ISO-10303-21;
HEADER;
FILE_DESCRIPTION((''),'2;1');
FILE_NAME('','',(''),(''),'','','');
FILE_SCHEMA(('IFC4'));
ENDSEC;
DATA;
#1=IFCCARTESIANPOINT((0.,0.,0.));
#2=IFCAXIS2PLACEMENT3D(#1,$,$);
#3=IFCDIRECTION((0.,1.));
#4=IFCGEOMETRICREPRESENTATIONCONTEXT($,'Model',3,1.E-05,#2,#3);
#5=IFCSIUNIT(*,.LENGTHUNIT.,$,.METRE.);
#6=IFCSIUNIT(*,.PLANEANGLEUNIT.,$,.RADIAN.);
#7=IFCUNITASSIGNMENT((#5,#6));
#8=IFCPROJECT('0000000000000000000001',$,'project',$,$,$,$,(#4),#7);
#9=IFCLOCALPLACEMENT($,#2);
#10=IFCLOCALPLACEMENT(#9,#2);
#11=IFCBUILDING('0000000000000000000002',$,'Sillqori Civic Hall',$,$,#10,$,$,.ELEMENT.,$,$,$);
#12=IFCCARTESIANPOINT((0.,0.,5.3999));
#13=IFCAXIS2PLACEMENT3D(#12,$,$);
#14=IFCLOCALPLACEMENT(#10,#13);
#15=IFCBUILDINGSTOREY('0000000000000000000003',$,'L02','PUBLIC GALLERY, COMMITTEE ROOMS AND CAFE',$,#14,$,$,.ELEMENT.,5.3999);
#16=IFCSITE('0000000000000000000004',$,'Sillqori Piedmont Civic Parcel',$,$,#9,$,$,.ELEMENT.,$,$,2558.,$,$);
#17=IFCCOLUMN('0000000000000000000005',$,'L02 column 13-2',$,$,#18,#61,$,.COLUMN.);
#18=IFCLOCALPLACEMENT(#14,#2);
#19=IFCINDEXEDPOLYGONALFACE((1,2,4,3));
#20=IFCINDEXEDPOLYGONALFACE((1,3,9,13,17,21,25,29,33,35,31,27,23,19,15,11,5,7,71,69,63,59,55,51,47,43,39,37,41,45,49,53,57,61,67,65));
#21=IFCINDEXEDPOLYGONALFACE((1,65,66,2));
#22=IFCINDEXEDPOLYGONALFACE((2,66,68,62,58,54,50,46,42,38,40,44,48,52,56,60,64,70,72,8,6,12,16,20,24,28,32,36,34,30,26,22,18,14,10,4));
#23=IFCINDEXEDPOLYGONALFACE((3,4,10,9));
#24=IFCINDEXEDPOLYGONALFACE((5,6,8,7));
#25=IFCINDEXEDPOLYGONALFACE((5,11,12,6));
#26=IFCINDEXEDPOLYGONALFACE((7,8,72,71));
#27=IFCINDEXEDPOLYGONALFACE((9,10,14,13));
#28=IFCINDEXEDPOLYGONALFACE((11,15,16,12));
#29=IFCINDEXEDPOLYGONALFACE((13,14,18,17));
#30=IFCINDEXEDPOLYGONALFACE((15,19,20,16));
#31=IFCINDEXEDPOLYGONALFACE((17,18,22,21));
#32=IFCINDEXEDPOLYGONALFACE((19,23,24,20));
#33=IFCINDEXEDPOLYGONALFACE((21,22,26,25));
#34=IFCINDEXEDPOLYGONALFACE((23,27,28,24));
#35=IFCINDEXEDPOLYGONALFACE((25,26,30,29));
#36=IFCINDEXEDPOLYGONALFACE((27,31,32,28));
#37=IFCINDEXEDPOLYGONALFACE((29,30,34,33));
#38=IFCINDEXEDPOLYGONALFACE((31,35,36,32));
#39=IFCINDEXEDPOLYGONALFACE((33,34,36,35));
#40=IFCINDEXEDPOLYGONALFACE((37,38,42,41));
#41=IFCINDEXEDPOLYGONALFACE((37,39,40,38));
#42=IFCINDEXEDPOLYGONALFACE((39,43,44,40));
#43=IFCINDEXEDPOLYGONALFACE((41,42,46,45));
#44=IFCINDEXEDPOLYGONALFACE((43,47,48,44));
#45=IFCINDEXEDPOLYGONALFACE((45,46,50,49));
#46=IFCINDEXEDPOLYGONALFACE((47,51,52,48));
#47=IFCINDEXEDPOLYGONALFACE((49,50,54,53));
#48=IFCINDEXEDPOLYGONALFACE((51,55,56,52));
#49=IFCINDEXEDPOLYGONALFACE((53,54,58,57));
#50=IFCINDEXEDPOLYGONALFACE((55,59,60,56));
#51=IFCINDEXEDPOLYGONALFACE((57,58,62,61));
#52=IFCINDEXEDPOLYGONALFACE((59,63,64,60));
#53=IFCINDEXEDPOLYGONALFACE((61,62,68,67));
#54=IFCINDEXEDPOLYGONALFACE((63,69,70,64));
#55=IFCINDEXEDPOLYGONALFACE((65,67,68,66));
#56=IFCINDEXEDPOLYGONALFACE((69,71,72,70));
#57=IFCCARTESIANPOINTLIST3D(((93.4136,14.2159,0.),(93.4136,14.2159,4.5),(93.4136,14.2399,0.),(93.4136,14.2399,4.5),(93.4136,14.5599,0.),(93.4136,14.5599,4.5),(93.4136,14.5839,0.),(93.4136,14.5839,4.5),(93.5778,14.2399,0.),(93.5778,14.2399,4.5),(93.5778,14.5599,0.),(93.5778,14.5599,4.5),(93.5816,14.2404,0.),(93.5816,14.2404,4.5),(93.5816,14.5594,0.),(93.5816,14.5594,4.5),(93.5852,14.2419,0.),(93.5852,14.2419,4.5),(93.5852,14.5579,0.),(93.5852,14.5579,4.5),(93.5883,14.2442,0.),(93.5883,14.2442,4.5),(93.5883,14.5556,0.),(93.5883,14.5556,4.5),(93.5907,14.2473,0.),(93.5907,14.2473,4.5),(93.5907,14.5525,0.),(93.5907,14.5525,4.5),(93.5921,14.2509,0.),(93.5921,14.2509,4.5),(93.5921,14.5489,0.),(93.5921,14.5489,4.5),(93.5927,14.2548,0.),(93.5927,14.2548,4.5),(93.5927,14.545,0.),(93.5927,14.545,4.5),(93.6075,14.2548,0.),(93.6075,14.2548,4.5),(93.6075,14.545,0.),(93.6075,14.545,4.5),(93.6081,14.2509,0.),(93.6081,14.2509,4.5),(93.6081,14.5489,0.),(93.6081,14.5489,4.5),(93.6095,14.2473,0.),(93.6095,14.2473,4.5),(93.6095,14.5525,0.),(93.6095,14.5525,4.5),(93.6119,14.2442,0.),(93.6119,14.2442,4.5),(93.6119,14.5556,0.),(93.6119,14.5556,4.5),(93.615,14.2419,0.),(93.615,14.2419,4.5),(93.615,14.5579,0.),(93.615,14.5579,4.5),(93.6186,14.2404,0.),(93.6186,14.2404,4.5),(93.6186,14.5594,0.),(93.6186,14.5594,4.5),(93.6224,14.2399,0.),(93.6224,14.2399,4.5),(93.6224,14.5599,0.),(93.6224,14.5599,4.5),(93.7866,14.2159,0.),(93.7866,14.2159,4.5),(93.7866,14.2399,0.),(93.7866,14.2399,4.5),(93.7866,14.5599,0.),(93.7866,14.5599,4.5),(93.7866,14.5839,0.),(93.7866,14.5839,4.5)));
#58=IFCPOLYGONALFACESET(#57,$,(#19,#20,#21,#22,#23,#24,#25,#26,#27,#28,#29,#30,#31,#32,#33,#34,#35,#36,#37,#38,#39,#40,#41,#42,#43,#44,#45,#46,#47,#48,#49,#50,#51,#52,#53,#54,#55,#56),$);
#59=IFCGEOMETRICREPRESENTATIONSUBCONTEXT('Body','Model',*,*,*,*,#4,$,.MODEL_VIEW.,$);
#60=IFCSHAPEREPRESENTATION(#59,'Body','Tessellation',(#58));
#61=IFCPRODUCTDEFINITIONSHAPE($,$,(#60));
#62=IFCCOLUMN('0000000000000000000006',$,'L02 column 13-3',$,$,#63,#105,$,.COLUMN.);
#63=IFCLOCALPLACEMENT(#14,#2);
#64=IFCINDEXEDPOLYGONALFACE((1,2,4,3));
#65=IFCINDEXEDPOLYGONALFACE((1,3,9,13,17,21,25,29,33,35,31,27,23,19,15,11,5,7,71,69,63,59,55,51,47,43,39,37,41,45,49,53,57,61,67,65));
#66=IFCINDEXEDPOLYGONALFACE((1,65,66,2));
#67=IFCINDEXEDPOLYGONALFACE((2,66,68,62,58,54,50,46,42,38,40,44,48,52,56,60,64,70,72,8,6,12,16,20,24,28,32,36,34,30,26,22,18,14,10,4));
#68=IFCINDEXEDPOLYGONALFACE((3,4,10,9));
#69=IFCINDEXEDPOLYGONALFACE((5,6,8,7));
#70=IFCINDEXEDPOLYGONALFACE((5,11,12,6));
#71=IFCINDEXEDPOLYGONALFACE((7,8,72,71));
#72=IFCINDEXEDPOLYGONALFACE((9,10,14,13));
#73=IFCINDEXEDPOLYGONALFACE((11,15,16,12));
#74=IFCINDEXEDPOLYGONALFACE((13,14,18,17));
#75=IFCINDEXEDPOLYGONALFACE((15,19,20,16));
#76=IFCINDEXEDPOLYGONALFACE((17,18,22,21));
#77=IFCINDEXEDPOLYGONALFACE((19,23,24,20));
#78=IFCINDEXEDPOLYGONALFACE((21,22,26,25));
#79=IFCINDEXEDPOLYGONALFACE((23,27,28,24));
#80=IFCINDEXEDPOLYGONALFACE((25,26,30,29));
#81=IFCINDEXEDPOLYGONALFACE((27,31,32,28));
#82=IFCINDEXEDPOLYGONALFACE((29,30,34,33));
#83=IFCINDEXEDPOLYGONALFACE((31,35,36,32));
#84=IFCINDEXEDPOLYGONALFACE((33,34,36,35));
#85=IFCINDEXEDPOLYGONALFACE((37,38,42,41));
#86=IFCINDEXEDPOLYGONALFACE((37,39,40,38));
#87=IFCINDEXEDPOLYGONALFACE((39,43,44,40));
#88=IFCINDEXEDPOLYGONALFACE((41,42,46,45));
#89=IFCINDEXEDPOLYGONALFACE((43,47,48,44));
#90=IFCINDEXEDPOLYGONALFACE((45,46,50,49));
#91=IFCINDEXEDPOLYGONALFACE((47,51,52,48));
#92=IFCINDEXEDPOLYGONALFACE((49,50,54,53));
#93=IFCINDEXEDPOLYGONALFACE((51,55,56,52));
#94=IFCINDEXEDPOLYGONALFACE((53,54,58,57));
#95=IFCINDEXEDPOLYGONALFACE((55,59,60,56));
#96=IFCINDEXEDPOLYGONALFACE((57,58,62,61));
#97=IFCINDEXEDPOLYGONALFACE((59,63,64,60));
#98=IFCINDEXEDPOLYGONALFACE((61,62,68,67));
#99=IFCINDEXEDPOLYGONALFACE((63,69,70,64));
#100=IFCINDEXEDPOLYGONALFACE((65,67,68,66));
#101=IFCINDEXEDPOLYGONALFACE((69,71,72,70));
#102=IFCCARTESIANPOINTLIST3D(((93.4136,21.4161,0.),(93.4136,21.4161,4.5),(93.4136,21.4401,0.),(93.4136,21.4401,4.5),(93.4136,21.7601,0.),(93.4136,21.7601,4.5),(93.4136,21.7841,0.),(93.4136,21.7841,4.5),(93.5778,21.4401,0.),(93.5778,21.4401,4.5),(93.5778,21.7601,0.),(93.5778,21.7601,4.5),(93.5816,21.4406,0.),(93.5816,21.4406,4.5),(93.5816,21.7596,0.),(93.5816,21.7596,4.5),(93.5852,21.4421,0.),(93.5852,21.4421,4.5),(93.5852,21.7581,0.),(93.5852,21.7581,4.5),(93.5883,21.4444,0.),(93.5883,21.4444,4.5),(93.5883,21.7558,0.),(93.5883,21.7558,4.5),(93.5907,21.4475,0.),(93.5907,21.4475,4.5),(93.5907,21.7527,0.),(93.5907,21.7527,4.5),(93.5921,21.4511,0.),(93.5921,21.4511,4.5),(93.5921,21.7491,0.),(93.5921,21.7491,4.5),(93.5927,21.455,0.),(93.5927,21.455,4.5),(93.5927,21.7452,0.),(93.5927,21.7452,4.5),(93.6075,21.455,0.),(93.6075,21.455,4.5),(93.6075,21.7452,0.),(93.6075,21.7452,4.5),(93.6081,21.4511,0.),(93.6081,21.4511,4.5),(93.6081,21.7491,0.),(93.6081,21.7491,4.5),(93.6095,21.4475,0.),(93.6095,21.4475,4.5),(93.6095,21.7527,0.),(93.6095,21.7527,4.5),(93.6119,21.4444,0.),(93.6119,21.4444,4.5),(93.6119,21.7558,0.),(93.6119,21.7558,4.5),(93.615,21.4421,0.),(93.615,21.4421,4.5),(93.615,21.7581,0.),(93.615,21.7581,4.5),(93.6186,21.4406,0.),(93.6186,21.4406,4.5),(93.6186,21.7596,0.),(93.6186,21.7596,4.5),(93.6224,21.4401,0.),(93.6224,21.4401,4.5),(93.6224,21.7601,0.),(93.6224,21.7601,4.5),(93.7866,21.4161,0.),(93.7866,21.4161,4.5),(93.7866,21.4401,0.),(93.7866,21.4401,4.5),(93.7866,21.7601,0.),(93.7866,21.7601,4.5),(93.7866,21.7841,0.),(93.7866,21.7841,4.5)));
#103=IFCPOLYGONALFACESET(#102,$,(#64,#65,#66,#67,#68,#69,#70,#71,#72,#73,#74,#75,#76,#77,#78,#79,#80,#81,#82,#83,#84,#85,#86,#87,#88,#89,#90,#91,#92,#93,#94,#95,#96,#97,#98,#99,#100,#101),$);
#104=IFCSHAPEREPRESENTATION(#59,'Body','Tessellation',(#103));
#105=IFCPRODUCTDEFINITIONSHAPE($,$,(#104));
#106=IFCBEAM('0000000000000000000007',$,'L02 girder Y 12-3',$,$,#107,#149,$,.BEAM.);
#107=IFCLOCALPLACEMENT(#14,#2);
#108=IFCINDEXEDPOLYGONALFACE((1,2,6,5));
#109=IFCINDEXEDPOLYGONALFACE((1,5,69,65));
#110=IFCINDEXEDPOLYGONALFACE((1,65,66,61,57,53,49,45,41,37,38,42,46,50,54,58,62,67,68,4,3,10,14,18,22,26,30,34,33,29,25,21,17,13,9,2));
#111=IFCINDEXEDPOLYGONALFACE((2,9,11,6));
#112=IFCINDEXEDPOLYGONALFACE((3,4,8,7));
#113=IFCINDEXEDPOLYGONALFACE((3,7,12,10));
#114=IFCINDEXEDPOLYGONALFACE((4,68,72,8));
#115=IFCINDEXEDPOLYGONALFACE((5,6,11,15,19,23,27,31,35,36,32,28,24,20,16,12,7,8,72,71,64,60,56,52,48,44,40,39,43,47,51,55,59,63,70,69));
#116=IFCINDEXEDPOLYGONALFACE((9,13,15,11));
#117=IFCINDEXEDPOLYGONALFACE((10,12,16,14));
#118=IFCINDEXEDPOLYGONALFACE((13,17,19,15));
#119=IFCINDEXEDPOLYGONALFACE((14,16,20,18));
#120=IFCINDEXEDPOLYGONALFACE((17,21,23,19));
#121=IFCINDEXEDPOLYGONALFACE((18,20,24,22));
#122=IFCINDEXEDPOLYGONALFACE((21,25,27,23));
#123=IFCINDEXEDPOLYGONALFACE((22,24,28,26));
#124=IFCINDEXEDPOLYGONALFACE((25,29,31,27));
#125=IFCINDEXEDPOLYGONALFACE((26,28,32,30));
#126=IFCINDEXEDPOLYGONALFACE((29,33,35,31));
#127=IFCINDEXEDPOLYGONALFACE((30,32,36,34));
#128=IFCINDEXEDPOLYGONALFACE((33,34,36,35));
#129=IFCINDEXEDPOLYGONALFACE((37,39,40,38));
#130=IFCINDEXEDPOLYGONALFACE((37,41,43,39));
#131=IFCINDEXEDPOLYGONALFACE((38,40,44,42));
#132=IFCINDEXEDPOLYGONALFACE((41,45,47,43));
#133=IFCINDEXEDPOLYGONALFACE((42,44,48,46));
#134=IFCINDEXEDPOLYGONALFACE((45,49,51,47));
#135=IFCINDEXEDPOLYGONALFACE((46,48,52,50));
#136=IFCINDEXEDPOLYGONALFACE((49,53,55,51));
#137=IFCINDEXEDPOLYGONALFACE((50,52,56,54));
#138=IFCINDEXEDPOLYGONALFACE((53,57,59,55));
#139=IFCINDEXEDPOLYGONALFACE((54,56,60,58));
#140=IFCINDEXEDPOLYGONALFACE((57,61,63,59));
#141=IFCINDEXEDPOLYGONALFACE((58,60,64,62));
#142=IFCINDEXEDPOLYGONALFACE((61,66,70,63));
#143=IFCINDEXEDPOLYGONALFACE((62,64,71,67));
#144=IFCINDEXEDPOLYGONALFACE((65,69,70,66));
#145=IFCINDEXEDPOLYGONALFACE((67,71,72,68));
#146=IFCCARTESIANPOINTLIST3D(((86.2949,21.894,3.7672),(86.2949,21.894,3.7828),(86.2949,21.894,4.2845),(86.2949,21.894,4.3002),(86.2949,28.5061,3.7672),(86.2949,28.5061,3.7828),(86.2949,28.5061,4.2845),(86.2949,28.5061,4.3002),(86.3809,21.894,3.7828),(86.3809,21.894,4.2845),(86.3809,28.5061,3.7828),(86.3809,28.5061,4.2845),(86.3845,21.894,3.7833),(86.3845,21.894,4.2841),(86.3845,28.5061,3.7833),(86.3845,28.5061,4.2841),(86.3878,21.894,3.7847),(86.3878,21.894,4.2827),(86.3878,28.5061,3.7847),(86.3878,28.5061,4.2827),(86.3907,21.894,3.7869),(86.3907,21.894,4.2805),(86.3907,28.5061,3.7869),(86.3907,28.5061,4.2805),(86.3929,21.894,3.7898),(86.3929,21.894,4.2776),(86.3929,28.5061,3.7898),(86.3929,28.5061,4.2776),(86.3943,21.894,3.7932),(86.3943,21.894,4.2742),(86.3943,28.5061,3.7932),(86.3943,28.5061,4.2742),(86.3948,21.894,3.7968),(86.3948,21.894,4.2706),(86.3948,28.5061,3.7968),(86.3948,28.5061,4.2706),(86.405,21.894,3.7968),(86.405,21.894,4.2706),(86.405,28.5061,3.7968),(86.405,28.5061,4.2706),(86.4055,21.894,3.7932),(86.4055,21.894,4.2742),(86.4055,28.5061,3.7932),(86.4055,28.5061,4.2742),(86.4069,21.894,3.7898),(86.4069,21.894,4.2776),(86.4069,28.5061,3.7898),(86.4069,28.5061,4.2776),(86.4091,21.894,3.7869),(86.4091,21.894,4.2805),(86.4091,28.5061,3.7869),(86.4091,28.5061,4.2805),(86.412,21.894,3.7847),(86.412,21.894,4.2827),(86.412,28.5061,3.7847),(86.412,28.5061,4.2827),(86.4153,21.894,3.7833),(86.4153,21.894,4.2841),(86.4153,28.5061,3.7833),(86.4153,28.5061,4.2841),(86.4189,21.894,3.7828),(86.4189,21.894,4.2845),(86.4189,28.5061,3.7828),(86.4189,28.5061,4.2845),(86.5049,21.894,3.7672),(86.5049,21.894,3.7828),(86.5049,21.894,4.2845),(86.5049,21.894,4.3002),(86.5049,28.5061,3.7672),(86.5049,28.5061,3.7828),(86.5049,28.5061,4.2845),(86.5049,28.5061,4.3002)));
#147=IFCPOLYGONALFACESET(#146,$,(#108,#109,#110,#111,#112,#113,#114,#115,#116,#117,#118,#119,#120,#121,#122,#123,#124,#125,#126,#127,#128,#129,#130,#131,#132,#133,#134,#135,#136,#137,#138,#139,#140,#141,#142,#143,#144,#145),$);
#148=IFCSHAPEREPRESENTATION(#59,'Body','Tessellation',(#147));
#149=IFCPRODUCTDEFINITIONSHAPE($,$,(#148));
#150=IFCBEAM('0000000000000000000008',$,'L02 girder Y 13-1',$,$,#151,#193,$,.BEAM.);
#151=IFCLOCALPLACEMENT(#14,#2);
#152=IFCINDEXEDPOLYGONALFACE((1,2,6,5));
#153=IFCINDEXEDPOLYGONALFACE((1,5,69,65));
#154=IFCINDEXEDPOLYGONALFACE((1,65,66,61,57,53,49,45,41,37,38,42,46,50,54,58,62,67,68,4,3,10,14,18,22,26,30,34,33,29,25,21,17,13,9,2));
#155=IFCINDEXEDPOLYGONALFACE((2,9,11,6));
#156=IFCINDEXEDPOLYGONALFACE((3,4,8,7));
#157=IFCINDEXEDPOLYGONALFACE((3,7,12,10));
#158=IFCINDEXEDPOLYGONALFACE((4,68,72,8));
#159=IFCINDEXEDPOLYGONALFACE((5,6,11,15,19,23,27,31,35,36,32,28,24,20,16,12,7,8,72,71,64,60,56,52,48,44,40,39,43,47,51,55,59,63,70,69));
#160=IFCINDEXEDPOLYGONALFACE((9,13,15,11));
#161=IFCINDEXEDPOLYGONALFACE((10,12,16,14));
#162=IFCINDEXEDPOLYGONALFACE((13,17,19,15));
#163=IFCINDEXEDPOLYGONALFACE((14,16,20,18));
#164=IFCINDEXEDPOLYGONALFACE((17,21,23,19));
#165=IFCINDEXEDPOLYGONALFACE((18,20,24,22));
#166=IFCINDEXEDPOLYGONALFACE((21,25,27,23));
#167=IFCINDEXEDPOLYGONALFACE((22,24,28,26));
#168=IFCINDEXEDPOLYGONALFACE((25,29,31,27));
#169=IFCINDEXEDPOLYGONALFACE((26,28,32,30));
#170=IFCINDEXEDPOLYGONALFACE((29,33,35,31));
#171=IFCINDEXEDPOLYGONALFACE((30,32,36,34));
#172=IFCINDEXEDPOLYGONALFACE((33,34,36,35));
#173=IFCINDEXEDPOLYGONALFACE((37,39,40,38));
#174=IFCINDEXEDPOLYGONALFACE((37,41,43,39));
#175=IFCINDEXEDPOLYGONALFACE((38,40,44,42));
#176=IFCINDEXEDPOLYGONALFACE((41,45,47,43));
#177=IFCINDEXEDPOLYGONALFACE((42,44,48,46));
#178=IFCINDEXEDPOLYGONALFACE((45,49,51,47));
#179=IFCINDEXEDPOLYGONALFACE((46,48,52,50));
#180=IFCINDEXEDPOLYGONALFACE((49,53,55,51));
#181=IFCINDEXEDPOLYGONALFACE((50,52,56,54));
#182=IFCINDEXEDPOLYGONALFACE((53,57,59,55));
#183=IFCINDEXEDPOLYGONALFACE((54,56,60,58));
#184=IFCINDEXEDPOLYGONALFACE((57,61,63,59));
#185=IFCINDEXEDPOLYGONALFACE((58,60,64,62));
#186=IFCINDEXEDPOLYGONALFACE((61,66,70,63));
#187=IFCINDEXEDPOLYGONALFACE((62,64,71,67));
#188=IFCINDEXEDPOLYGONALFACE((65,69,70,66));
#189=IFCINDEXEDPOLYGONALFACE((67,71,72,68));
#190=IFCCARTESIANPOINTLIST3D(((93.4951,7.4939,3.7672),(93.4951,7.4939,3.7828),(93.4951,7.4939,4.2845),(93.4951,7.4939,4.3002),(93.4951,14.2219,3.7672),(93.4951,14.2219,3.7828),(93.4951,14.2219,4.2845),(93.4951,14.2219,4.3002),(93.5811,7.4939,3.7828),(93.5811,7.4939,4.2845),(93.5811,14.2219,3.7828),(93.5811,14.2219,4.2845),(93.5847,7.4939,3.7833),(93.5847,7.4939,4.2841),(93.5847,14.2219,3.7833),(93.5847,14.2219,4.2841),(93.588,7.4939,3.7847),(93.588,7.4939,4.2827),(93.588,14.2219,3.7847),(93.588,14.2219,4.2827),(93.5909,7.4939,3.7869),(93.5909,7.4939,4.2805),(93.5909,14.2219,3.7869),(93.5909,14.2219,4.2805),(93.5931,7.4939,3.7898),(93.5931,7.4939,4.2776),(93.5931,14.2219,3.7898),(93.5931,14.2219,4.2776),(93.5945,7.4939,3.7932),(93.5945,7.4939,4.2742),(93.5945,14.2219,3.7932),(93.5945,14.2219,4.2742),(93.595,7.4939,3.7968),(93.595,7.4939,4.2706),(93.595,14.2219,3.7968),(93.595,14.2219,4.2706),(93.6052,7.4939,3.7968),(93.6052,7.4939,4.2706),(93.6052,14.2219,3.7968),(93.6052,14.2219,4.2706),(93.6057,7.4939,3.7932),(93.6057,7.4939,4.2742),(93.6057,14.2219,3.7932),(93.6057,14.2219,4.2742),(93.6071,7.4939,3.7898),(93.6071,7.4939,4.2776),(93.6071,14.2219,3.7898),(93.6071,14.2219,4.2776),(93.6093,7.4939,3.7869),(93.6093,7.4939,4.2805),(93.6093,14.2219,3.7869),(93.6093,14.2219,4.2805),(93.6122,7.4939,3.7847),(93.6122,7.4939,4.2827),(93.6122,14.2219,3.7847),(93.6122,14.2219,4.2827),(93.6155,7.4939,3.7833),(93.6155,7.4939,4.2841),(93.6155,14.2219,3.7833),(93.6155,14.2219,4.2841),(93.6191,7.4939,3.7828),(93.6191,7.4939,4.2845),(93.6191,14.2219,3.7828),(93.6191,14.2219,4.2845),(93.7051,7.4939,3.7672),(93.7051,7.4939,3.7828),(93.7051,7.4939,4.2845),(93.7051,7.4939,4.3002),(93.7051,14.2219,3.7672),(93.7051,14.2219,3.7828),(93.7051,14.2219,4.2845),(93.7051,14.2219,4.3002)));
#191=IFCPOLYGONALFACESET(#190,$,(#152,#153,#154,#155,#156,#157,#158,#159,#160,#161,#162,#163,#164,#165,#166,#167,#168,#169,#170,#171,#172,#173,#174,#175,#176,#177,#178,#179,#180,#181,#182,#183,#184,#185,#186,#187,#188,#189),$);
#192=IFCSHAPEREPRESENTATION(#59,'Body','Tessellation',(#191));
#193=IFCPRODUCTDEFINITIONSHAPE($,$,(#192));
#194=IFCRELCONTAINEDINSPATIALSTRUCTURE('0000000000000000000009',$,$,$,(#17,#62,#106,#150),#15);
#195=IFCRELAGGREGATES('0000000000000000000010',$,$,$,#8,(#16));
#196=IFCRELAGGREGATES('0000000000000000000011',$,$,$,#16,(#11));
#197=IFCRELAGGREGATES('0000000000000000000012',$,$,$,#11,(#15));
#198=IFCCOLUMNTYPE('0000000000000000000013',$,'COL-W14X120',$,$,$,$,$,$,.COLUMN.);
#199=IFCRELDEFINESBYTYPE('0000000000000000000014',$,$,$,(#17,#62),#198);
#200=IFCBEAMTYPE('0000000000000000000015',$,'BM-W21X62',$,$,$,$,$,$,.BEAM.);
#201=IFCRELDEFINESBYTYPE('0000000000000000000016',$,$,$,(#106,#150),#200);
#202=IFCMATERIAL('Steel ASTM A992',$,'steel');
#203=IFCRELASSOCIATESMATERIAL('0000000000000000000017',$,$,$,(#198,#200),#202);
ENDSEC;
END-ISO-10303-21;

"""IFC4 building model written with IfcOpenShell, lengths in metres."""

from ifc_helpers import new_model, si_unit, direction, frame, origin, origin_2d, place, context, subcontext, project, spatial, i_section, extrude, material, material_profile, profile_set, type_object, element, save


model = new_model("IFC4")

# Units and contexts
model_context = context("Model", 3, precision=1e-05, world=origin(), true_north=direction((0.0, 1.0)))
body_context = subcontext(model_context, "Body", "Model", "MODEL_VIEW")
ifc_project = project(units=[si_unit("LENGTHUNIT", "METRE"), si_unit("PLANEANGLEUNIT", "RADIAN")], contexts=[model_context])

# Site, building, storey
site_placement = place(None, origin())
site = spatial("IfcSite", under=ifc_project, at=site_placement, Name="Sillqori Piedmont Civic Parcel", CompositionType="ELEMENT", RefElevation=2558.0)
building_placement = place(site_placement, origin())
building = spatial("IfcBuilding", under=site, at=building_placement, Name="Sillqori Civic Hall", CompositionType="ELEMENT")
storey_placement = place(building_placement, frame((0.0, 0.0, 5.3999)))
storey = spatial("IfcBuildingStorey", under=building, at=storey_placement, Name="L02", Description="PUBLIC GALLERY, COMMITTEE ROOMS AND CAFE", CompositionType="ELEMENT", Elevation=5.3999)

# Columns
ifc_material_1 = material(Name="Steel ASTM A992", Category="steel")
ifc_material_profile_1 = material_profile(ifc_material_1, i_section(OverallWidth=0.373, OverallDepth=0.3679, WebThickness=0.0149, FlangeThickness=0.0239, FilletRadius=0.0149, at=origin_2d()), Name="W14X120")
ifc_profile_set_1 = profile_set([ifc_material_profile_1], Name="Steel ASTM A992")
column_type = type_object("IfcColumnType", Name="COL-W14X120", PredefinedType="COLUMN", material=ifc_profile_set_1)
for number, where, z_axis, x_axis, name in (
    (1, (93.6001, 14.3999, 0.0), (0.0, 0.0, 1.0), (1.0, 0.0, 0.0), "L02 column 13-2"),
    (2, (93.6001, 21.6001, 0.0), (0.0, 0.0, 1.0), (1.0, 0.0, 0.0), "L02 column 13-3"),
):
    element("IfcColumn", number, at=place(storey_placement, frame(where, z_axis=z_axis, x_axis=x_axis)), inside=storey, type_object=column_type, Name=name, PredefinedType="COLUMN", context=body_context, shape_type="SweptSolid", body=[
        extrude(i_section(OverallWidth=0.373, OverallDepth=0.3679, WebThickness=0.0149, FlangeThickness=0.0239, FilletRadius=0.0149, at=origin_2d()), origin(), (0.0, 0.0, 1.0), 4.5),
    ])

# Beams
ifc_material_profile_2 = material_profile(ifc_material_1, i_section(OverallWidth=0.21, OverallDepth=0.533, WebThickness=0.0103, FlangeThickness=0.0156, FilletRadius=0.0139, at=origin_2d()), Name="W21X62")
ifc_profile_set_2 = profile_set([ifc_material_profile_2], Name="Steel ASTM A992")
beam_type_1 = type_object("IfcBeamType", Name="BM-W21X62", PredefinedType="BEAM", material=ifc_profile_set_2)
beam_1_placement = place(storey_placement, frame((86.3999, 21.894, 4.0337), z_axis=(0.0, 1.0, 0.0), x_axis=(-1.0, 0.0, 0.0)))
element("IfcBeam", 3, at=beam_1_placement, inside=storey, type_object=beam_type_1, Name="L02 girder Y 12-3", PredefinedType="BEAM", context=body_context, shape_type="SweptSolid", body=[
    extrude(i_section(OverallWidth=0.21, OverallDepth=0.533, WebThickness=0.0103, FlangeThickness=0.0156, FilletRadius=0.0139, at=origin_2d()), origin(), (0.0, 0.0, 1.0), 6.6121),
])
beam_2_placement = place(storey_placement, frame((93.6001, 7.4939, 4.0337), z_axis=(0.0, 1.0, 0.0), x_axis=(-1.0, 0.0, 0.0)))
element("IfcBeam", 4, at=beam_2_placement, inside=storey, type_object=beam_type_1, Name="L02 girder Y 13-1", PredefinedType="BEAM", context=body_context, shape_type="SweptSolid", body=[
    extrude(i_section(OverallWidth=0.21, OverallDepth=0.533, WebThickness=0.0103, FlangeThickness=0.0156, FilletRadius=0.0139, at=origin_2d()), origin(), (0.0, 0.0, 1.0), 6.728),
])

save(model, "model.ifc")
